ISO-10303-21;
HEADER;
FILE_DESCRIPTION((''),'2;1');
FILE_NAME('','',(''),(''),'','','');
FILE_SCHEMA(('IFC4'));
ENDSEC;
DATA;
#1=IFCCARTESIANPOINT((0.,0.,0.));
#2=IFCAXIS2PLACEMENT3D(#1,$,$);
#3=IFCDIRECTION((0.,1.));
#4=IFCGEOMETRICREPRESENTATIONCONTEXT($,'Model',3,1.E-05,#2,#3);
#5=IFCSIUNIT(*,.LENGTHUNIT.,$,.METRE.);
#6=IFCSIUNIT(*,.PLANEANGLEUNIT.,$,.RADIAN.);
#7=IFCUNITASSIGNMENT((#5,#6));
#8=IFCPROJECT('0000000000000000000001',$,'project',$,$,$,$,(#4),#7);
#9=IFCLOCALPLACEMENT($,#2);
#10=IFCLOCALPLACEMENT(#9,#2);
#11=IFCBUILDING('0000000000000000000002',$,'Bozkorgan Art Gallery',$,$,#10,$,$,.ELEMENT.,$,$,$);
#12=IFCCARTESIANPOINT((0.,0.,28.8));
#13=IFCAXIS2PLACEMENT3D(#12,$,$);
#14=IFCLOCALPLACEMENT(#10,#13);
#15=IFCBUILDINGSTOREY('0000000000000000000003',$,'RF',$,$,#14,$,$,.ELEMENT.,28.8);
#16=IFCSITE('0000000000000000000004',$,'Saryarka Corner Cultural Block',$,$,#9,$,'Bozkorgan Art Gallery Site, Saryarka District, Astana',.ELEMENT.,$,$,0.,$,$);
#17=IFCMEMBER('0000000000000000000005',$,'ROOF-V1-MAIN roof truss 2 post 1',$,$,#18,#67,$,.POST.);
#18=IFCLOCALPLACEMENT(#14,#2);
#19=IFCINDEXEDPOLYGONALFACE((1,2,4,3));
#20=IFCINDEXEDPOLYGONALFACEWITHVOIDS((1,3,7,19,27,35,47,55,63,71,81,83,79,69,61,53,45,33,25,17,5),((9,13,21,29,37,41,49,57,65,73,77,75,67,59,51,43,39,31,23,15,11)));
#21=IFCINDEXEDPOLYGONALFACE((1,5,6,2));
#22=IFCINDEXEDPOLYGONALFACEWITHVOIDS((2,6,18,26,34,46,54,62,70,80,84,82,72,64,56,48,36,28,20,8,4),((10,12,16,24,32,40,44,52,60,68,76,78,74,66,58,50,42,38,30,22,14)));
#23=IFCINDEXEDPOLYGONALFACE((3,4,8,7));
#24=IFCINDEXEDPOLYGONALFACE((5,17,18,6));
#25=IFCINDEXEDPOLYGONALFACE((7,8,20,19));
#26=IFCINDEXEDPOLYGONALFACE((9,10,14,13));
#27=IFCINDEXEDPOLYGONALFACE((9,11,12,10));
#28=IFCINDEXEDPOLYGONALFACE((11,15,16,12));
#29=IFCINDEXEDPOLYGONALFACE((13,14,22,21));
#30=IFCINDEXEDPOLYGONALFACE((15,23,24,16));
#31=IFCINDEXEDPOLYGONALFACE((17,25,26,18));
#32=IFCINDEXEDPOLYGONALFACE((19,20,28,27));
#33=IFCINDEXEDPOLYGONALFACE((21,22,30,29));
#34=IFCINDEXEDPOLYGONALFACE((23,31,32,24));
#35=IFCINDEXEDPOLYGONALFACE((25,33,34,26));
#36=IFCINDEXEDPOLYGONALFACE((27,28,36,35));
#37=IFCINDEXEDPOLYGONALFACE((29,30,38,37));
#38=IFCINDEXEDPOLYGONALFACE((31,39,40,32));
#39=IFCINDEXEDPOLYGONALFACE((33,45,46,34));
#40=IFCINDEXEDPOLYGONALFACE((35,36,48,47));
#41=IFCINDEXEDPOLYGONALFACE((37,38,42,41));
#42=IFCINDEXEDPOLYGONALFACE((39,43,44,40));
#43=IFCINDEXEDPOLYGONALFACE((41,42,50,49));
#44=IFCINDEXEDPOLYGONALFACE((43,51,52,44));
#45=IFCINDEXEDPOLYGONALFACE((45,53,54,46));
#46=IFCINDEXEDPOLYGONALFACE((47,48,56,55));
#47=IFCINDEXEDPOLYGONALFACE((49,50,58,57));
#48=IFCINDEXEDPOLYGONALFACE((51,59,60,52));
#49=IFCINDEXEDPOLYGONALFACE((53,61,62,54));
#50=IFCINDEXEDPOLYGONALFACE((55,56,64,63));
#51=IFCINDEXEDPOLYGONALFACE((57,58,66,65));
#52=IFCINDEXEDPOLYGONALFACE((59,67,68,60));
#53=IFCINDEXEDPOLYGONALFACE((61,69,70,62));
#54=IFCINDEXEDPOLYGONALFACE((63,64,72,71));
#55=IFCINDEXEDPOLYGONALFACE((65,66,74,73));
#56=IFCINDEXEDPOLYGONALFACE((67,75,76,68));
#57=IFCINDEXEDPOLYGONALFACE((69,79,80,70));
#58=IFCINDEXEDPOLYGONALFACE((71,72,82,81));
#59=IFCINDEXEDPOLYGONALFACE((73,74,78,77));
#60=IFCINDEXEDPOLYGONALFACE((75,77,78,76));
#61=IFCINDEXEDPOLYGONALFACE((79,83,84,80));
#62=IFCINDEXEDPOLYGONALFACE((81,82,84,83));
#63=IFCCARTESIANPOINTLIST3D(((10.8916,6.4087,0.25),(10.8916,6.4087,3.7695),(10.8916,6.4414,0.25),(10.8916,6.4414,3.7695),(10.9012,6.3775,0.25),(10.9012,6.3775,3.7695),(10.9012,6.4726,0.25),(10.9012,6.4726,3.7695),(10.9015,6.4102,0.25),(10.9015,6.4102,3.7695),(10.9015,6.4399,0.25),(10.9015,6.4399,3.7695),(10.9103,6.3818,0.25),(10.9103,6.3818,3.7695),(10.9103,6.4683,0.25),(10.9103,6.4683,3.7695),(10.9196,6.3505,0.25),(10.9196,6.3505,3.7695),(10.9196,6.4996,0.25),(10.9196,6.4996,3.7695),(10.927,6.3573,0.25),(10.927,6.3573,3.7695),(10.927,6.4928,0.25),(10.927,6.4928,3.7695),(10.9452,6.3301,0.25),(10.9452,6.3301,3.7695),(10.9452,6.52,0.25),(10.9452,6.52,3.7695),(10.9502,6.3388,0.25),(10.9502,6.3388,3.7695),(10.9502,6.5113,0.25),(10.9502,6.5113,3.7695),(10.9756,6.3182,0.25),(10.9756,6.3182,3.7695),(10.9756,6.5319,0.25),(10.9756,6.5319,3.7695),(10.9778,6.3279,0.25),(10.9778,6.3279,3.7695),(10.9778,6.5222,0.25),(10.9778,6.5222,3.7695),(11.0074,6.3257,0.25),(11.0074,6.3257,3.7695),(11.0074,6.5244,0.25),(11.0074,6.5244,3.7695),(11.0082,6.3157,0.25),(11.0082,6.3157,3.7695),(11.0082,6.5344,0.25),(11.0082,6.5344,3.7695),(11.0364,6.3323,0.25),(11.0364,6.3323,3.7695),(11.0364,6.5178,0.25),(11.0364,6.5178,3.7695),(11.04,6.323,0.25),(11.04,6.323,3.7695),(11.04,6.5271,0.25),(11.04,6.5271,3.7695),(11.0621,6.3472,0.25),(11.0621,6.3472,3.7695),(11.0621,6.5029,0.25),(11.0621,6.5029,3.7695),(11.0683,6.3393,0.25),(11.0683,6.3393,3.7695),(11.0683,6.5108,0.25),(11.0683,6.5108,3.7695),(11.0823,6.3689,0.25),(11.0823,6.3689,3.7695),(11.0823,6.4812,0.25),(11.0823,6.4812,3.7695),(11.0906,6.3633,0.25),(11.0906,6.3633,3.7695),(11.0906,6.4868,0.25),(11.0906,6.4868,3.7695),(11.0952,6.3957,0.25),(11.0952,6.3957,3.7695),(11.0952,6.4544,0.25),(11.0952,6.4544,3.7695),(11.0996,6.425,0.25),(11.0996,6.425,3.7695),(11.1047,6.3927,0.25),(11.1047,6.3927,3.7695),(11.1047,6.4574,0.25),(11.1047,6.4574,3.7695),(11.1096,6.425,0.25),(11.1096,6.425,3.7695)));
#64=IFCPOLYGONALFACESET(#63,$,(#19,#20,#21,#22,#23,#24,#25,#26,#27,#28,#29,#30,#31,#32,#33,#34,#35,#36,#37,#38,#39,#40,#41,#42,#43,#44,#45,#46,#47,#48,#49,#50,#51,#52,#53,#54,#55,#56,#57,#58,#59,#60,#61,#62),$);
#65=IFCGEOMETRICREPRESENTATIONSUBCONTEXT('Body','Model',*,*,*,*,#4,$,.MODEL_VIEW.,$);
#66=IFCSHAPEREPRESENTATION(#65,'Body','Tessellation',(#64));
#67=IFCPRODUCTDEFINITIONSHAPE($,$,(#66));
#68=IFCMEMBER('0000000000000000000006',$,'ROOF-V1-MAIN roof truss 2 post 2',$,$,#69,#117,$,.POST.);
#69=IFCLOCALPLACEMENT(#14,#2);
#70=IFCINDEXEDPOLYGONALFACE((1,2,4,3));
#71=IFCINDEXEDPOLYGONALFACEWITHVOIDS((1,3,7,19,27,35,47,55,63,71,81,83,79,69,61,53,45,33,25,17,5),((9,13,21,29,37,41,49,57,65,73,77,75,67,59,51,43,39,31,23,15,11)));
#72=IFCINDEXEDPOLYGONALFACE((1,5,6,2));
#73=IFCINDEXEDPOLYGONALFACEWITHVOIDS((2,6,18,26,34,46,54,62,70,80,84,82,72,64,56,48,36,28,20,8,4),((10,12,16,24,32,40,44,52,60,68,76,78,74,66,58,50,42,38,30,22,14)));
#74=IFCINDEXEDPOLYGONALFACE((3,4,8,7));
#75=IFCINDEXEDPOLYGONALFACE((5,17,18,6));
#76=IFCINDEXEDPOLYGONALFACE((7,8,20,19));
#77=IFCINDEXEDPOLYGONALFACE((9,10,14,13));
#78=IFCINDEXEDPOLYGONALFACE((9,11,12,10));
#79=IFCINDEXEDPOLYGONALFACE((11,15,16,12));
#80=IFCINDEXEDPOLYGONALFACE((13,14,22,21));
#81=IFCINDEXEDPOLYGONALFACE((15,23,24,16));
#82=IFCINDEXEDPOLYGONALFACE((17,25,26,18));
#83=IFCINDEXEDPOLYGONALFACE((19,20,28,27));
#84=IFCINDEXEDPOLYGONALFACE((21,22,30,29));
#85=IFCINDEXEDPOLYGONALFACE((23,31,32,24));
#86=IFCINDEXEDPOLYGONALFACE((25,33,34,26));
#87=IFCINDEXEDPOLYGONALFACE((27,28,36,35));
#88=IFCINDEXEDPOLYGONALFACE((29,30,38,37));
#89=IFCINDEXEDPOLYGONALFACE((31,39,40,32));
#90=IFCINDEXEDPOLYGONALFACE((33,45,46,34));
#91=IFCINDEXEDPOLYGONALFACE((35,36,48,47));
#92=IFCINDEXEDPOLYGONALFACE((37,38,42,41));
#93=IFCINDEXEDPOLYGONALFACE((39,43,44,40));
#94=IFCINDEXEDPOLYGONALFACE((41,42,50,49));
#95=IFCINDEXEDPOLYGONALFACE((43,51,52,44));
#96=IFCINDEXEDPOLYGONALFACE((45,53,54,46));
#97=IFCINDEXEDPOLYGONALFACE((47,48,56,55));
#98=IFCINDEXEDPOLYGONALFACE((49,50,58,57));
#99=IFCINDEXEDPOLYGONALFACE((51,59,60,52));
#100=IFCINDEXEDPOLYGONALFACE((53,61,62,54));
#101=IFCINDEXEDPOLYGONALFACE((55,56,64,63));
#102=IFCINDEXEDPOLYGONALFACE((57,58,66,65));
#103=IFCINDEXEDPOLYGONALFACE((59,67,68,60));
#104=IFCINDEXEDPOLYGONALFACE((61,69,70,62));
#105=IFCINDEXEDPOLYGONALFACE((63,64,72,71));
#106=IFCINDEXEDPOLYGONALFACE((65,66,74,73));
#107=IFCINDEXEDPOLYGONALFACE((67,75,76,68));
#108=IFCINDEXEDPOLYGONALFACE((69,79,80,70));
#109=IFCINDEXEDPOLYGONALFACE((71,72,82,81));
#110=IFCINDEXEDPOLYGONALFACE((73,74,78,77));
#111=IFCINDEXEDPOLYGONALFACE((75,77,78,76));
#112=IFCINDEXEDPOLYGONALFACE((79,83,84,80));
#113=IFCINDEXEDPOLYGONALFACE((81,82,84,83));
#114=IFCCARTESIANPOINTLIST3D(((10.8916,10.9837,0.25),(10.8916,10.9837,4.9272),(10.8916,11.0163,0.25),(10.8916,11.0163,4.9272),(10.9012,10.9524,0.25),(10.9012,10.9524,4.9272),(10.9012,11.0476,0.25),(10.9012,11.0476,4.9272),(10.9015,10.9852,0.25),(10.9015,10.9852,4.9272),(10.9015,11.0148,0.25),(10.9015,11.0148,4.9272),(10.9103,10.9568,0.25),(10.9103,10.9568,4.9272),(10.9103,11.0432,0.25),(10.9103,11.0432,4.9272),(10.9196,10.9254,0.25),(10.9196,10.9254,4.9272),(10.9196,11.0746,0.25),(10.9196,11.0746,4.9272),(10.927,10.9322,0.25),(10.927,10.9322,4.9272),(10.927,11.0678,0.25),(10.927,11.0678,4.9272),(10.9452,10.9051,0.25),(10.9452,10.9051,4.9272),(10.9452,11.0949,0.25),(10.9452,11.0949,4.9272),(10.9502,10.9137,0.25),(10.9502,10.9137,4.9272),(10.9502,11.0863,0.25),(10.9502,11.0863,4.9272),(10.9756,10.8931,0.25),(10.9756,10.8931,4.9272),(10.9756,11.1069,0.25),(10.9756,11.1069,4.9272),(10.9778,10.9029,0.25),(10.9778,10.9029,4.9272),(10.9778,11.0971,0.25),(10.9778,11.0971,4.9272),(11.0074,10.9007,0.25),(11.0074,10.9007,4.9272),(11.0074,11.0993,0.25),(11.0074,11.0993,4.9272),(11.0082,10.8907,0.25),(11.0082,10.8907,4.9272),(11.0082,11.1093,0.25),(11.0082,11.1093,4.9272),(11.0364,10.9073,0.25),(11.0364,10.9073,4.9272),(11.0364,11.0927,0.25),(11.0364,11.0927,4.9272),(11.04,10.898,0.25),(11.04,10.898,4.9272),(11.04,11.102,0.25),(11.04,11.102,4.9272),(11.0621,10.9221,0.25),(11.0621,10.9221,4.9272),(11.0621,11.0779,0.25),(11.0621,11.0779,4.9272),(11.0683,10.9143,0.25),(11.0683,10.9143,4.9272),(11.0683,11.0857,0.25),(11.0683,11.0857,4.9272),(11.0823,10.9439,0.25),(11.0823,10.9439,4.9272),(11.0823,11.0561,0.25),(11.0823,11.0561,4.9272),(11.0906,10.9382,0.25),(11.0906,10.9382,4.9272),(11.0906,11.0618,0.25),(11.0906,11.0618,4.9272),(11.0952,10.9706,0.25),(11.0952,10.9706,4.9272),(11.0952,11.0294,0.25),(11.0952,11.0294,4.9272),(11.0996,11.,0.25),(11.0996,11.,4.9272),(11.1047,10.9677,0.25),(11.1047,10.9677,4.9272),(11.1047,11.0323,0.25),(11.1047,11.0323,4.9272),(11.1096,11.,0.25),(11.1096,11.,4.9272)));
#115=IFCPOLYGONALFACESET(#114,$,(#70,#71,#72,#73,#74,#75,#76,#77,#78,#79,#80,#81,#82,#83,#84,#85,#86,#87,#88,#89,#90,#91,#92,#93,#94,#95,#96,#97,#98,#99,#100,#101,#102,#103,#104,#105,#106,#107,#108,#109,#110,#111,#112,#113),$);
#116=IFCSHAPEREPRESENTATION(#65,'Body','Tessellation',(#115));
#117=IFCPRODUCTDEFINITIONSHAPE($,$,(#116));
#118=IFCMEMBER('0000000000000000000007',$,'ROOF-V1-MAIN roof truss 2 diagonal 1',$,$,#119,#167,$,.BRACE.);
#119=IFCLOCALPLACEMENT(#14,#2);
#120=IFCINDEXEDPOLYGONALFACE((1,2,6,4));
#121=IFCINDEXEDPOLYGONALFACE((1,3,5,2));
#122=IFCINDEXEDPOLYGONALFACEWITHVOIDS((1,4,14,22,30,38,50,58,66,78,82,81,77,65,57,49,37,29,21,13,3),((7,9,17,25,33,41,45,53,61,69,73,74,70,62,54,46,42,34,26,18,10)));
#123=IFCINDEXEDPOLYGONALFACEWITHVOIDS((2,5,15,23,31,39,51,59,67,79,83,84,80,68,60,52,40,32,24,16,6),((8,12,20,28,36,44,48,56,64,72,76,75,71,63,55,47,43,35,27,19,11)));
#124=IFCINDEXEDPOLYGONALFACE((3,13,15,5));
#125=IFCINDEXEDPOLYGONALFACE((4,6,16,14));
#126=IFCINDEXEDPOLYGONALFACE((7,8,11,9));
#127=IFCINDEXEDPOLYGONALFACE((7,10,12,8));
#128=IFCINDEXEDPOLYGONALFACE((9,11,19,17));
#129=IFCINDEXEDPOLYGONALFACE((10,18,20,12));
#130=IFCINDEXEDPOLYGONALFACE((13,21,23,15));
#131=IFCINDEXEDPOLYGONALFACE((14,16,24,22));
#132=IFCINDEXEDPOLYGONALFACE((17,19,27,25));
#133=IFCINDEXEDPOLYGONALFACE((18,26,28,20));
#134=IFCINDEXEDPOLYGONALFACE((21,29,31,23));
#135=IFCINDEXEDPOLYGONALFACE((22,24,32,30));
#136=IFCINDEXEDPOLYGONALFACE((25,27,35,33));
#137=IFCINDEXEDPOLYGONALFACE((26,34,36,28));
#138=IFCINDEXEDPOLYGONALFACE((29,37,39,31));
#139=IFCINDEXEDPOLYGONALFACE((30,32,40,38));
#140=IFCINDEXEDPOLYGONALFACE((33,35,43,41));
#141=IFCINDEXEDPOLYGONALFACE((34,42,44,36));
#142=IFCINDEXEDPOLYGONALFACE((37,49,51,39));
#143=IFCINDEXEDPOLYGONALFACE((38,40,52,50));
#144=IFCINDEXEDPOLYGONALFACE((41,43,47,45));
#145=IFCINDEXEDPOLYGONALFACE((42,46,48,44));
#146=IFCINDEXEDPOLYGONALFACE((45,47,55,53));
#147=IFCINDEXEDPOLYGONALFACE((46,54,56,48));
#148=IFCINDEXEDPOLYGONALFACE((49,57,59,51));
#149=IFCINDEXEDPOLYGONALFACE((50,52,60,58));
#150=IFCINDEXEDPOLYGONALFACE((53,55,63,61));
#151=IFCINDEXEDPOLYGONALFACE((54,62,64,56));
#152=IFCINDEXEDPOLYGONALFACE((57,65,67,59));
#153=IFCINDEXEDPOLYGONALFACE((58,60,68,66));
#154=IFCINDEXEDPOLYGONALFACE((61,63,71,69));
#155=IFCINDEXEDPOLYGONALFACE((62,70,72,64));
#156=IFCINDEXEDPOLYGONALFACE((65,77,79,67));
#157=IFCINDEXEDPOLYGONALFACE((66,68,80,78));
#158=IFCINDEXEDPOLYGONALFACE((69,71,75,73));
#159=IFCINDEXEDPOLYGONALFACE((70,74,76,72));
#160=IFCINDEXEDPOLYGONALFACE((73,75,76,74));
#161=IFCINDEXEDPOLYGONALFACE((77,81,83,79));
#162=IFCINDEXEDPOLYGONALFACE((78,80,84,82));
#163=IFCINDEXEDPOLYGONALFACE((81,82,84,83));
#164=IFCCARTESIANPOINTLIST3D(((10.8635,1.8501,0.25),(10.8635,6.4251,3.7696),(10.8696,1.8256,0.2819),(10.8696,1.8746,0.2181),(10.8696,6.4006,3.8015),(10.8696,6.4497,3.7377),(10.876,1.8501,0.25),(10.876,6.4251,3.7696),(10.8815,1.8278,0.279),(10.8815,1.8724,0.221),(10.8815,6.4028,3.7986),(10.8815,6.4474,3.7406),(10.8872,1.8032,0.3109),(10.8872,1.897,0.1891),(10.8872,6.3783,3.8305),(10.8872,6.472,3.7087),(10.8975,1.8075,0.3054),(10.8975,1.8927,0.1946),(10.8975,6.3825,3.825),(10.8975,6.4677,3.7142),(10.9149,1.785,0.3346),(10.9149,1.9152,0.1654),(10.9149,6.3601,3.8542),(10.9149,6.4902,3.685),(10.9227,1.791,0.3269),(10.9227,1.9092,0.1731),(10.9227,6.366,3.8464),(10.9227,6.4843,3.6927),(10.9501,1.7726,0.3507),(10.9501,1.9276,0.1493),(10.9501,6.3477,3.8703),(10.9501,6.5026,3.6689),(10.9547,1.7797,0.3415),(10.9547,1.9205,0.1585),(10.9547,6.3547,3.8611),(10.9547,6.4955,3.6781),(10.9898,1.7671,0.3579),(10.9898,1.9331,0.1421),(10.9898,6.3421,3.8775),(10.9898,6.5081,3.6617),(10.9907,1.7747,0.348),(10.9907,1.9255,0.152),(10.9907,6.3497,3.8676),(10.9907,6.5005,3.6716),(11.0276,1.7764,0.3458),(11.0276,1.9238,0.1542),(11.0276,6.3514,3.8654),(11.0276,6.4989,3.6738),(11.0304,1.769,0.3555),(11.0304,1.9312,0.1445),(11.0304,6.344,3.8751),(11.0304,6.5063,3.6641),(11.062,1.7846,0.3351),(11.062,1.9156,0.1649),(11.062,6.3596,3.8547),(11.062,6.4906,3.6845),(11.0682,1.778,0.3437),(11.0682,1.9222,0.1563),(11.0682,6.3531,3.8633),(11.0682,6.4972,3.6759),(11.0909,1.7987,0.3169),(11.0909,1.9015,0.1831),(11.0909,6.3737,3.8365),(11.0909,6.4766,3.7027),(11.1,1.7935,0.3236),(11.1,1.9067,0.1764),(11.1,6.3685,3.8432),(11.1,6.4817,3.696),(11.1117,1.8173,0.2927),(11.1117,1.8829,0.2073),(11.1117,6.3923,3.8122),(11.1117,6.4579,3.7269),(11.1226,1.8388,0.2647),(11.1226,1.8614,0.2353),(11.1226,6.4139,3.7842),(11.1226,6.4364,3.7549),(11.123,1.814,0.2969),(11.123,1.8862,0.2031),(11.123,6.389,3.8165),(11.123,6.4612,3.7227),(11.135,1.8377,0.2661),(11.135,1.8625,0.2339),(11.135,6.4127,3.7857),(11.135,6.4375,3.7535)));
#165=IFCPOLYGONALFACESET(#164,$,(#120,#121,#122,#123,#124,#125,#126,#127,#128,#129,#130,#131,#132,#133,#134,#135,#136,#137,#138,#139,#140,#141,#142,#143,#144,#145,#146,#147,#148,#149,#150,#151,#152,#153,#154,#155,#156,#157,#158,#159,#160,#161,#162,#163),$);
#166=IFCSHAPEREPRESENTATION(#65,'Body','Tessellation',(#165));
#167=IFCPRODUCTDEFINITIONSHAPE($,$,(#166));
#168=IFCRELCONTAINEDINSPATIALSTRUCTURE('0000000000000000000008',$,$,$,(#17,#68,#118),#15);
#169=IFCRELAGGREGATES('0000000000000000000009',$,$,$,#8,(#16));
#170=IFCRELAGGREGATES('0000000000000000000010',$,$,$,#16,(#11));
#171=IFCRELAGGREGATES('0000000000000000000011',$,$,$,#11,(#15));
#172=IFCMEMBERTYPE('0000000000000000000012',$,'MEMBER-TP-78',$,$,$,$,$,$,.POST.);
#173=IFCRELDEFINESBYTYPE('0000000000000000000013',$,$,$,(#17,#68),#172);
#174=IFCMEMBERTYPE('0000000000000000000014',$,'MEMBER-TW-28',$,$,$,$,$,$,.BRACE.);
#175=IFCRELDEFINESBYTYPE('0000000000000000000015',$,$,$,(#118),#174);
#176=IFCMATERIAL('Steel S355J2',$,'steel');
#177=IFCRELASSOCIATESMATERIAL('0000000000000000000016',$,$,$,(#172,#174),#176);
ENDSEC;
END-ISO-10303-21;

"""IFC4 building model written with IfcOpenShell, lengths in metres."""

from ifc_helpers import new_model, si_unit, direction, frame, origin, origin_2d, place, context, subcontext, project, spatial, hollow_circle, extrude, material, material_profile, profile_set, type_object, element, save


model = new_model("IFC4")

# Units and contexts
model_context = context("Model", 3, precision=1e-05, world=origin(), true_north=direction((0.0, 1.0)))
body_context = subcontext(model_context, "Body", "Model", "MODEL_VIEW")
ifc_project = project(units=[si_unit("LENGTHUNIT", "METRE"), si_unit("PLANEANGLEUNIT", "RADIAN")], contexts=[model_context])

# Site, building, storey
site_placement = place(None, origin())
site = spatial("IfcSite", under=ifc_project, at=site_placement, Name="Saryarka Corner Cultural Block", LongName="Bozkorgan Art Gallery Site, Saryarka District, Astana", CompositionType="ELEMENT", RefElevation=0.0)
building_placement = place(site_placement, origin())
building = spatial("IfcBuilding", under=site, at=building_placement, Name="Bozkorgan Art Gallery", CompositionType="ELEMENT")
storey_placement = place(building_placement, frame((0.0, 0.0, 28.8)))
storey = spatial("IfcBuildingStorey", under=building, at=storey_placement, Name="RF", CompositionType="ELEMENT", Elevation=28.8)

# Shared definitions
ifc_material_1 = material(Name="Steel S355J2", Category="steel")

# Members
ifc_material_profile_1 = material_profile(ifc_material_1, hollow_circle(Radius=0.1096, WallThickness=0.01, at=origin_2d()), Name="CHS 219.1x10")
ifc_profile_set_1 = profile_set([ifc_material_profile_1], Name="Steel S355J2")
member_type_1 = type_object("IfcMemberType", Name="MEMBER-TP-78", PredefinedType="POST", material=ifc_profile_set_1)
member_1_placement = place(storey_placement, frame((11.0, 6.425, 0.25), z_axis=(0.0, 0.0, 1.0), x_axis=(1.0, 0.0, 0.0)))
element("IfcMember", 1, at=member_1_placement, inside=storey, type_object=member_type_1, Name="ROOF-V1-MAIN roof truss 2 post 1", PredefinedType="POST", context=body_context, shape_type="SweptSolid", body=[
    extrude(hollow_circle(Radius=0.1096, WallThickness=0.01, at=origin_2d()), origin(), (0.0, 0.0, 1.0), 3.5195),
])
member_2_placement = place(storey_placement, frame((11.0, 11.0, 0.25), z_axis=(0.0, 0.0, 1.0), x_axis=(1.0, 0.0, 0.0)))
element("IfcMember", 2, at=member_2_placement, inside=storey, type_object=member_type_1, Name="ROOF-V1-MAIN roof truss 2 post 2", PredefinedType="POST", context=body_context, shape_type="SweptSolid", body=[
    extrude(hollow_circle(Radius=0.1096, WallThickness=0.01, at=origin_2d()), origin(), (0.0, 0.0, 1.0), 4.6772),
])
ifc_material_profile_2 = material_profile(ifc_material_1, hollow_circle(Radius=0.1365, WallThickness=0.0125, at=origin_2d()), Name="CHS 273x12.5")
ifc_profile_set_2 = profile_set([ifc_material_profile_2], Name="Steel S355J2")
member_type_2 = type_object("IfcMemberType", Name="MEMBER-TW-28", PredefinedType="BRACE", material=ifc_profile_set_2)
for number, where, z_axis, x_axis, name in (
    (3, (11.0, 1.8501, 0.25), (0.0, 0.792596, 0.609748), (-1.0, 0.0, 0.0), "ROOF-V1-MAIN roof truss 2 diagonal 1"),
):
    element("IfcMember", number, at=place(storey_placement, frame(where, z_axis=z_axis, x_axis=x_axis)), inside=storey, type_object=member_type_2, Name=name, PredefinedType="BRACE", context=body_context, shape_type="SweptSolid", body=[
        extrude(hollow_circle(Radius=0.1365, WallThickness=0.0125, at=origin_2d()), origin(), (0.0, 0.0, 1.0), 5.7722),
    ])

save(model, "model.ifc")
